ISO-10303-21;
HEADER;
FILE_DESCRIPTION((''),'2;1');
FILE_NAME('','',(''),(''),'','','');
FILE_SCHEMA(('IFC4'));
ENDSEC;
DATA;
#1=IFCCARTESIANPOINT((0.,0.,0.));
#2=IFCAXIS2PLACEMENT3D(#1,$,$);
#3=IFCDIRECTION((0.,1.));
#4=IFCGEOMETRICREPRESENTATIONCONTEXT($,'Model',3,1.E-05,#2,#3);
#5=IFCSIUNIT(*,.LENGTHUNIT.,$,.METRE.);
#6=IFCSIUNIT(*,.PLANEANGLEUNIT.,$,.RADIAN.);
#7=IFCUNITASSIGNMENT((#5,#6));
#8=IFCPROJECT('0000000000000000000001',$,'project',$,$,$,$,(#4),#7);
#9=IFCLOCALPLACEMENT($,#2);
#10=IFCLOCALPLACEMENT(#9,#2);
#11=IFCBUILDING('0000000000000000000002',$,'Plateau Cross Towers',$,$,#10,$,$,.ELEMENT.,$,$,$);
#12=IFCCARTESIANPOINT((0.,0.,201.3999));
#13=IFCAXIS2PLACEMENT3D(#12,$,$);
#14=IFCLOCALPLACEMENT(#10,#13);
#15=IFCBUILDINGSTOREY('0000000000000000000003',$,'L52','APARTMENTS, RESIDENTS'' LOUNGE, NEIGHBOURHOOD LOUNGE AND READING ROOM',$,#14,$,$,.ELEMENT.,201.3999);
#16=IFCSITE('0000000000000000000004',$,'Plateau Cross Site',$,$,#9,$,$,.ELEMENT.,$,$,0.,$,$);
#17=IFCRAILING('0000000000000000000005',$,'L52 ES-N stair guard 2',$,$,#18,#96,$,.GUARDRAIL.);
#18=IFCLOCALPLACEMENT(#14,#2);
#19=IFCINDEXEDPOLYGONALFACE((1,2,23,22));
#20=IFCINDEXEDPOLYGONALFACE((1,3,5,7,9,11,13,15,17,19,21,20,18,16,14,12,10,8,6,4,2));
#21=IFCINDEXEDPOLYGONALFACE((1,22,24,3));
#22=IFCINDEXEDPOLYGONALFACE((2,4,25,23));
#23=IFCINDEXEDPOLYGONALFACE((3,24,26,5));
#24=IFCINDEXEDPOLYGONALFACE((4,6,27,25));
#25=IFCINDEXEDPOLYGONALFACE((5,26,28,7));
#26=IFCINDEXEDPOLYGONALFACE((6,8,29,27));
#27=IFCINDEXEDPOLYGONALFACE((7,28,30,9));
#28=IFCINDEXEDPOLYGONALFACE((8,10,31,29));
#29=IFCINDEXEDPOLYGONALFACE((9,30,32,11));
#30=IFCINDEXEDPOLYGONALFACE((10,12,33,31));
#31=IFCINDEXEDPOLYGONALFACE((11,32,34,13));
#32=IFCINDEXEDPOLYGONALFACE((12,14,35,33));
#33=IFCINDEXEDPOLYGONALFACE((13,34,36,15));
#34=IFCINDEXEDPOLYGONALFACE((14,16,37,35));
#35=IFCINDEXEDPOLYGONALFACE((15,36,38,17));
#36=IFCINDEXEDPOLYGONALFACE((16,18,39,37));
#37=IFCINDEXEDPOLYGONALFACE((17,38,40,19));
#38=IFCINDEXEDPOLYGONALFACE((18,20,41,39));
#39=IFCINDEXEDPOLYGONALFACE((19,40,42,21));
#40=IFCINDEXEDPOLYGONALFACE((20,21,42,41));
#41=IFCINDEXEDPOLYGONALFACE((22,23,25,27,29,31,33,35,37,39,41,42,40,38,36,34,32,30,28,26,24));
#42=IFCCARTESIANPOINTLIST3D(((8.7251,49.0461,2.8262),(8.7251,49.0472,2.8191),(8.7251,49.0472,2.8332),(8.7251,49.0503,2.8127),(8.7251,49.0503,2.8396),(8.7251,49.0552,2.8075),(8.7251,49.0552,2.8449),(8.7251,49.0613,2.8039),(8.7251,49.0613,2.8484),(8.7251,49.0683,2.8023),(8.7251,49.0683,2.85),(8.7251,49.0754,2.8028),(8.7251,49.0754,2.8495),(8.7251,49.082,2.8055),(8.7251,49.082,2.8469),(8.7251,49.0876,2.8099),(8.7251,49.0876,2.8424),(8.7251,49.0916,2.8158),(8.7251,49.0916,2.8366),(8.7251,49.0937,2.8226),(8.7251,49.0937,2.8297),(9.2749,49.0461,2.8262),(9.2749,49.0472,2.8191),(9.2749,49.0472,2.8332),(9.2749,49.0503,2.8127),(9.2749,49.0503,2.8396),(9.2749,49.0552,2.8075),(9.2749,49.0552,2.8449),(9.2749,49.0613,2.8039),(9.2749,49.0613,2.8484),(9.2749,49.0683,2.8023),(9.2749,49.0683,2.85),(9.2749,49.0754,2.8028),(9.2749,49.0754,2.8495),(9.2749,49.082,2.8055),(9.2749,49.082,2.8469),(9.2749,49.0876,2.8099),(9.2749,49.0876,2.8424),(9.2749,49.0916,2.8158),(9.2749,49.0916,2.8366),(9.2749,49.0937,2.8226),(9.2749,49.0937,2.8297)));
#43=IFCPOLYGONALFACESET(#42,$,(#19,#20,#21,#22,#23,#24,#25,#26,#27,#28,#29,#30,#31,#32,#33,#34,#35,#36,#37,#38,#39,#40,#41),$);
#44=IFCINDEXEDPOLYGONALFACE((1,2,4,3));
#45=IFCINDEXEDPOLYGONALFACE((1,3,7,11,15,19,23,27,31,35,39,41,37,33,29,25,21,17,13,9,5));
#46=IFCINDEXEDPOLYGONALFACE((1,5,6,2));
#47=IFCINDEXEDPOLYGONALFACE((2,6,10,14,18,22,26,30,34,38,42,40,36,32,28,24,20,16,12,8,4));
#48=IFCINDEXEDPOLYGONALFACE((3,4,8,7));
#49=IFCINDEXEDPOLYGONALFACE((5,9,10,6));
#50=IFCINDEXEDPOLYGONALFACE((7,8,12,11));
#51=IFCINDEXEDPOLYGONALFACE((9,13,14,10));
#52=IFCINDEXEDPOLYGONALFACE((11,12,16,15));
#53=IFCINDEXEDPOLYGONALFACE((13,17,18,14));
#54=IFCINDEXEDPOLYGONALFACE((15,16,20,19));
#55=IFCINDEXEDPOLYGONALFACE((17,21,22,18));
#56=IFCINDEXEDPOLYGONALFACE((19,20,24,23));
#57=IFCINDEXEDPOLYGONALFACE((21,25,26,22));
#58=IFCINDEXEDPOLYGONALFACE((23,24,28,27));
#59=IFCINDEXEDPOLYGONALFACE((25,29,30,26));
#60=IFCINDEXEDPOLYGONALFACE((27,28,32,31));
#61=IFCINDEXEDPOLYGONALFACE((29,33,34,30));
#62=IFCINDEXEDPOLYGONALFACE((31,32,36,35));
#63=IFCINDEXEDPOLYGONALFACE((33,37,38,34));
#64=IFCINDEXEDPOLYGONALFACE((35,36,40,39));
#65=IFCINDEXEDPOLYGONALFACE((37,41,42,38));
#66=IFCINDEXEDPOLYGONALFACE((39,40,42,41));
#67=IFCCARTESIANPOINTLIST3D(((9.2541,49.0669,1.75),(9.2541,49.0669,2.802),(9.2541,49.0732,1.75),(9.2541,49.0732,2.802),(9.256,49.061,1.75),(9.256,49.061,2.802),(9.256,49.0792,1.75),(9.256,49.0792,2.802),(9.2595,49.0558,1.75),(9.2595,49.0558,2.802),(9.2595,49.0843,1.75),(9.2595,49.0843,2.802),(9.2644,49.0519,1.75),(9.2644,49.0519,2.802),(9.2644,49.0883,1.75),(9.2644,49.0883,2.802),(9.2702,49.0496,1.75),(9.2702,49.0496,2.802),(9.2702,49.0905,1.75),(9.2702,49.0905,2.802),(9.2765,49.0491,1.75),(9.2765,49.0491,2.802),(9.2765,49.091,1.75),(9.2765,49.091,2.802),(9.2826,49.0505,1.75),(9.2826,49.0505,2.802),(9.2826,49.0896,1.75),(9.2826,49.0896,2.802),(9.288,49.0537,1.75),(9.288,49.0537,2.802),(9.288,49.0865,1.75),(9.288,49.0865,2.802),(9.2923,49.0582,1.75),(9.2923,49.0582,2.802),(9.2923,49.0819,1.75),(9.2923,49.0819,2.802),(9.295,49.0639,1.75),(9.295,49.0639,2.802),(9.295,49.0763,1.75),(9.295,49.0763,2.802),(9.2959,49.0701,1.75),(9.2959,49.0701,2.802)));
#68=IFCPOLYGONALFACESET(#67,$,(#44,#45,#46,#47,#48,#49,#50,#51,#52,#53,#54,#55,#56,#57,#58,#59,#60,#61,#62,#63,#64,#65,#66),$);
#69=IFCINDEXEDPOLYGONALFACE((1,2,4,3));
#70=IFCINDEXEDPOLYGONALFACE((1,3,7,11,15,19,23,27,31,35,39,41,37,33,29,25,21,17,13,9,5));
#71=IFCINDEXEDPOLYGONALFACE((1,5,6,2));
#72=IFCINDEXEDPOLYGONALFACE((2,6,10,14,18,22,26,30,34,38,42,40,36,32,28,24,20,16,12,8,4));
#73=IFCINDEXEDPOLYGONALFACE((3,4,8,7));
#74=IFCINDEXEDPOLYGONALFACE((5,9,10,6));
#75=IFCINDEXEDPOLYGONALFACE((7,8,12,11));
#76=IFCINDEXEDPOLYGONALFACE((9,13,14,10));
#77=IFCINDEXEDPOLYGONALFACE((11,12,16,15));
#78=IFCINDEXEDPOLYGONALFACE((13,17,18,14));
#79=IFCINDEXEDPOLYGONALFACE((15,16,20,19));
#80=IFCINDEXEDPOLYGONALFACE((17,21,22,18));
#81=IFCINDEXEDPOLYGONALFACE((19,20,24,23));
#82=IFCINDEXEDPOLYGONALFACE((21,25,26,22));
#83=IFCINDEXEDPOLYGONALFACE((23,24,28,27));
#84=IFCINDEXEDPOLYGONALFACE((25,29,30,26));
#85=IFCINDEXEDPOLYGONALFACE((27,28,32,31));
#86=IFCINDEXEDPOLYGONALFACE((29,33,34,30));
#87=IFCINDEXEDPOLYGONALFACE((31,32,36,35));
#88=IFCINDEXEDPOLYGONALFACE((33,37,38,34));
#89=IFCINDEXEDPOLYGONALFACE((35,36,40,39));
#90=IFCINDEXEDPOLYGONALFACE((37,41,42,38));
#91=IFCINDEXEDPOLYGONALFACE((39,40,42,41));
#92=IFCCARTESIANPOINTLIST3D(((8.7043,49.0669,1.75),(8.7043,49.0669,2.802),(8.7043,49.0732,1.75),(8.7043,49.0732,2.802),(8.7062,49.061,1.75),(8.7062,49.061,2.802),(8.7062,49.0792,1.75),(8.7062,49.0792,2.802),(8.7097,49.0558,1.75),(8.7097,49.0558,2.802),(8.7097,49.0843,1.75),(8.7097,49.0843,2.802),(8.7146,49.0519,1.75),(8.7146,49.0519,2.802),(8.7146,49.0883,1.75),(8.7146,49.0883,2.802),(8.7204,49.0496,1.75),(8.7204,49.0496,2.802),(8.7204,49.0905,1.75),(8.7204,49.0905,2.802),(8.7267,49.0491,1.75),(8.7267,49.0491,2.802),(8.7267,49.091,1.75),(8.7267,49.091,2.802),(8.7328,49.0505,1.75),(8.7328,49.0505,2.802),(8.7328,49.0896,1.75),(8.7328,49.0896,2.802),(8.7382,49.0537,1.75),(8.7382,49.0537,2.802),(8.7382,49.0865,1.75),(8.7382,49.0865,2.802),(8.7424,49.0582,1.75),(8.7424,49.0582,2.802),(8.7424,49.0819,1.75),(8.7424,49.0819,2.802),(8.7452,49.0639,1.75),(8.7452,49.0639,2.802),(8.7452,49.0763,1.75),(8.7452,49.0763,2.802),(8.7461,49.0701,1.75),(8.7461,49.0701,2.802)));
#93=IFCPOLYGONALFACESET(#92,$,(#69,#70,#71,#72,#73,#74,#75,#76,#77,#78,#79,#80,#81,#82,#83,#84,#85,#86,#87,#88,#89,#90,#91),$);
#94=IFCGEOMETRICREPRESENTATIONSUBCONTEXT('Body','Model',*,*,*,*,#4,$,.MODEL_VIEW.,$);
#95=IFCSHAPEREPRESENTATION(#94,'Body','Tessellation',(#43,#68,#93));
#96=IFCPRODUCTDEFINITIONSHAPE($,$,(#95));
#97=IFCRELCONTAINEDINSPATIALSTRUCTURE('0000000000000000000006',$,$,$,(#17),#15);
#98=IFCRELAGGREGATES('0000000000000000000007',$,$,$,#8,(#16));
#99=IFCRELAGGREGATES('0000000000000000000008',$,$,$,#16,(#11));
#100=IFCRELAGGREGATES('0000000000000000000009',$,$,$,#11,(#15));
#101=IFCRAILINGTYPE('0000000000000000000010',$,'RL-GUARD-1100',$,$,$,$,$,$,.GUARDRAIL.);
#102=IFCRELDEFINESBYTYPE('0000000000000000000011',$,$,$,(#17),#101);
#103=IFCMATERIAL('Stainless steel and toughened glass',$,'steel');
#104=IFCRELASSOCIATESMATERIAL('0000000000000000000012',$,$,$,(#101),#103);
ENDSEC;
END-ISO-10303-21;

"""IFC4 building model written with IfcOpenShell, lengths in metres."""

from ifc_helpers import new_model, si_unit, direction, frame, origin, origin_2d, place, context, subcontext, project, spatial, circle, extrude, material, type_object, element, save


model = new_model("IFC4")

# Units and contexts
model_context = context("Model", 3, precision=1e-05, world=origin(), true_north=direction((0.0, 1.0)))
body_context = subcontext(model_context, "Body", "Model", "MODEL_VIEW")
ifc_project = project(units=[si_unit("LENGTHUNIT", "METRE"), si_unit("PLANEANGLEUNIT", "RADIAN")], contexts=[model_context])

# Site, building, storey
site_placement = place(None, origin())
site = spatial("IfcSite", under=ifc_project, at=site_placement, Name="Plateau Cross Site", CompositionType="ELEMENT", RefElevation=0.0)
building_placement = place(site_placement, origin())
building = spatial("IfcBuilding", under=site, at=building_placement, Name="Plateau Cross Towers", CompositionType="ELEMENT")
storey_placement = place(building_placement, frame((0.0, 0.0, 201.3999)))
storey = spatial("IfcBuildingStorey", under=building, at=storey_placement, Name="L52", Description="APARTMENTS, RESIDENTS' LOUNGE, NEIGHBOURHOOD LOUNGE AND READING ROOM", CompositionType="ELEMENT", Elevation=201.3999)

# Railing
ifc_material_1 = material(Name="Stainless steel and toughened glass", Category="steel")
railing_type = type_object("IfcRailingType", Name="RL-GUARD-1100", PredefinedType="GUARDRAIL", material=ifc_material_1)
railing_1_placement = place(storey_placement, frame((9.2749, 49.0701, 1.75)))
element("IfcRailing", 1, at=railing_1_placement, inside=storey, type_object=railing_type, Name="L52 ES-N stair guard 2", PredefinedType="GUARDRAIL", context=body_context, shape_type="SweptSolid", body=[
    extrude(circle(Radius=0.0239, at=origin_2d()), frame((0.0, 0.0, 1.0762), z_axis=(-1.0, 0.0, 0.0), x_axis=(0.0, -1.0, 0.0)), (0.0, 0.0, 1.0), 0.5498),
    extrude(circle(Radius=0.021, at=origin_2d()), origin(), (0.0, 0.0, 1.0), 1.052),
    extrude(circle(Radius=0.021, at=origin_2d()), frame((-0.5498, 0.0, 0.0)), (0.0, 0.0, 1.0), 1.052),
])

save(model, "model.ifc")
